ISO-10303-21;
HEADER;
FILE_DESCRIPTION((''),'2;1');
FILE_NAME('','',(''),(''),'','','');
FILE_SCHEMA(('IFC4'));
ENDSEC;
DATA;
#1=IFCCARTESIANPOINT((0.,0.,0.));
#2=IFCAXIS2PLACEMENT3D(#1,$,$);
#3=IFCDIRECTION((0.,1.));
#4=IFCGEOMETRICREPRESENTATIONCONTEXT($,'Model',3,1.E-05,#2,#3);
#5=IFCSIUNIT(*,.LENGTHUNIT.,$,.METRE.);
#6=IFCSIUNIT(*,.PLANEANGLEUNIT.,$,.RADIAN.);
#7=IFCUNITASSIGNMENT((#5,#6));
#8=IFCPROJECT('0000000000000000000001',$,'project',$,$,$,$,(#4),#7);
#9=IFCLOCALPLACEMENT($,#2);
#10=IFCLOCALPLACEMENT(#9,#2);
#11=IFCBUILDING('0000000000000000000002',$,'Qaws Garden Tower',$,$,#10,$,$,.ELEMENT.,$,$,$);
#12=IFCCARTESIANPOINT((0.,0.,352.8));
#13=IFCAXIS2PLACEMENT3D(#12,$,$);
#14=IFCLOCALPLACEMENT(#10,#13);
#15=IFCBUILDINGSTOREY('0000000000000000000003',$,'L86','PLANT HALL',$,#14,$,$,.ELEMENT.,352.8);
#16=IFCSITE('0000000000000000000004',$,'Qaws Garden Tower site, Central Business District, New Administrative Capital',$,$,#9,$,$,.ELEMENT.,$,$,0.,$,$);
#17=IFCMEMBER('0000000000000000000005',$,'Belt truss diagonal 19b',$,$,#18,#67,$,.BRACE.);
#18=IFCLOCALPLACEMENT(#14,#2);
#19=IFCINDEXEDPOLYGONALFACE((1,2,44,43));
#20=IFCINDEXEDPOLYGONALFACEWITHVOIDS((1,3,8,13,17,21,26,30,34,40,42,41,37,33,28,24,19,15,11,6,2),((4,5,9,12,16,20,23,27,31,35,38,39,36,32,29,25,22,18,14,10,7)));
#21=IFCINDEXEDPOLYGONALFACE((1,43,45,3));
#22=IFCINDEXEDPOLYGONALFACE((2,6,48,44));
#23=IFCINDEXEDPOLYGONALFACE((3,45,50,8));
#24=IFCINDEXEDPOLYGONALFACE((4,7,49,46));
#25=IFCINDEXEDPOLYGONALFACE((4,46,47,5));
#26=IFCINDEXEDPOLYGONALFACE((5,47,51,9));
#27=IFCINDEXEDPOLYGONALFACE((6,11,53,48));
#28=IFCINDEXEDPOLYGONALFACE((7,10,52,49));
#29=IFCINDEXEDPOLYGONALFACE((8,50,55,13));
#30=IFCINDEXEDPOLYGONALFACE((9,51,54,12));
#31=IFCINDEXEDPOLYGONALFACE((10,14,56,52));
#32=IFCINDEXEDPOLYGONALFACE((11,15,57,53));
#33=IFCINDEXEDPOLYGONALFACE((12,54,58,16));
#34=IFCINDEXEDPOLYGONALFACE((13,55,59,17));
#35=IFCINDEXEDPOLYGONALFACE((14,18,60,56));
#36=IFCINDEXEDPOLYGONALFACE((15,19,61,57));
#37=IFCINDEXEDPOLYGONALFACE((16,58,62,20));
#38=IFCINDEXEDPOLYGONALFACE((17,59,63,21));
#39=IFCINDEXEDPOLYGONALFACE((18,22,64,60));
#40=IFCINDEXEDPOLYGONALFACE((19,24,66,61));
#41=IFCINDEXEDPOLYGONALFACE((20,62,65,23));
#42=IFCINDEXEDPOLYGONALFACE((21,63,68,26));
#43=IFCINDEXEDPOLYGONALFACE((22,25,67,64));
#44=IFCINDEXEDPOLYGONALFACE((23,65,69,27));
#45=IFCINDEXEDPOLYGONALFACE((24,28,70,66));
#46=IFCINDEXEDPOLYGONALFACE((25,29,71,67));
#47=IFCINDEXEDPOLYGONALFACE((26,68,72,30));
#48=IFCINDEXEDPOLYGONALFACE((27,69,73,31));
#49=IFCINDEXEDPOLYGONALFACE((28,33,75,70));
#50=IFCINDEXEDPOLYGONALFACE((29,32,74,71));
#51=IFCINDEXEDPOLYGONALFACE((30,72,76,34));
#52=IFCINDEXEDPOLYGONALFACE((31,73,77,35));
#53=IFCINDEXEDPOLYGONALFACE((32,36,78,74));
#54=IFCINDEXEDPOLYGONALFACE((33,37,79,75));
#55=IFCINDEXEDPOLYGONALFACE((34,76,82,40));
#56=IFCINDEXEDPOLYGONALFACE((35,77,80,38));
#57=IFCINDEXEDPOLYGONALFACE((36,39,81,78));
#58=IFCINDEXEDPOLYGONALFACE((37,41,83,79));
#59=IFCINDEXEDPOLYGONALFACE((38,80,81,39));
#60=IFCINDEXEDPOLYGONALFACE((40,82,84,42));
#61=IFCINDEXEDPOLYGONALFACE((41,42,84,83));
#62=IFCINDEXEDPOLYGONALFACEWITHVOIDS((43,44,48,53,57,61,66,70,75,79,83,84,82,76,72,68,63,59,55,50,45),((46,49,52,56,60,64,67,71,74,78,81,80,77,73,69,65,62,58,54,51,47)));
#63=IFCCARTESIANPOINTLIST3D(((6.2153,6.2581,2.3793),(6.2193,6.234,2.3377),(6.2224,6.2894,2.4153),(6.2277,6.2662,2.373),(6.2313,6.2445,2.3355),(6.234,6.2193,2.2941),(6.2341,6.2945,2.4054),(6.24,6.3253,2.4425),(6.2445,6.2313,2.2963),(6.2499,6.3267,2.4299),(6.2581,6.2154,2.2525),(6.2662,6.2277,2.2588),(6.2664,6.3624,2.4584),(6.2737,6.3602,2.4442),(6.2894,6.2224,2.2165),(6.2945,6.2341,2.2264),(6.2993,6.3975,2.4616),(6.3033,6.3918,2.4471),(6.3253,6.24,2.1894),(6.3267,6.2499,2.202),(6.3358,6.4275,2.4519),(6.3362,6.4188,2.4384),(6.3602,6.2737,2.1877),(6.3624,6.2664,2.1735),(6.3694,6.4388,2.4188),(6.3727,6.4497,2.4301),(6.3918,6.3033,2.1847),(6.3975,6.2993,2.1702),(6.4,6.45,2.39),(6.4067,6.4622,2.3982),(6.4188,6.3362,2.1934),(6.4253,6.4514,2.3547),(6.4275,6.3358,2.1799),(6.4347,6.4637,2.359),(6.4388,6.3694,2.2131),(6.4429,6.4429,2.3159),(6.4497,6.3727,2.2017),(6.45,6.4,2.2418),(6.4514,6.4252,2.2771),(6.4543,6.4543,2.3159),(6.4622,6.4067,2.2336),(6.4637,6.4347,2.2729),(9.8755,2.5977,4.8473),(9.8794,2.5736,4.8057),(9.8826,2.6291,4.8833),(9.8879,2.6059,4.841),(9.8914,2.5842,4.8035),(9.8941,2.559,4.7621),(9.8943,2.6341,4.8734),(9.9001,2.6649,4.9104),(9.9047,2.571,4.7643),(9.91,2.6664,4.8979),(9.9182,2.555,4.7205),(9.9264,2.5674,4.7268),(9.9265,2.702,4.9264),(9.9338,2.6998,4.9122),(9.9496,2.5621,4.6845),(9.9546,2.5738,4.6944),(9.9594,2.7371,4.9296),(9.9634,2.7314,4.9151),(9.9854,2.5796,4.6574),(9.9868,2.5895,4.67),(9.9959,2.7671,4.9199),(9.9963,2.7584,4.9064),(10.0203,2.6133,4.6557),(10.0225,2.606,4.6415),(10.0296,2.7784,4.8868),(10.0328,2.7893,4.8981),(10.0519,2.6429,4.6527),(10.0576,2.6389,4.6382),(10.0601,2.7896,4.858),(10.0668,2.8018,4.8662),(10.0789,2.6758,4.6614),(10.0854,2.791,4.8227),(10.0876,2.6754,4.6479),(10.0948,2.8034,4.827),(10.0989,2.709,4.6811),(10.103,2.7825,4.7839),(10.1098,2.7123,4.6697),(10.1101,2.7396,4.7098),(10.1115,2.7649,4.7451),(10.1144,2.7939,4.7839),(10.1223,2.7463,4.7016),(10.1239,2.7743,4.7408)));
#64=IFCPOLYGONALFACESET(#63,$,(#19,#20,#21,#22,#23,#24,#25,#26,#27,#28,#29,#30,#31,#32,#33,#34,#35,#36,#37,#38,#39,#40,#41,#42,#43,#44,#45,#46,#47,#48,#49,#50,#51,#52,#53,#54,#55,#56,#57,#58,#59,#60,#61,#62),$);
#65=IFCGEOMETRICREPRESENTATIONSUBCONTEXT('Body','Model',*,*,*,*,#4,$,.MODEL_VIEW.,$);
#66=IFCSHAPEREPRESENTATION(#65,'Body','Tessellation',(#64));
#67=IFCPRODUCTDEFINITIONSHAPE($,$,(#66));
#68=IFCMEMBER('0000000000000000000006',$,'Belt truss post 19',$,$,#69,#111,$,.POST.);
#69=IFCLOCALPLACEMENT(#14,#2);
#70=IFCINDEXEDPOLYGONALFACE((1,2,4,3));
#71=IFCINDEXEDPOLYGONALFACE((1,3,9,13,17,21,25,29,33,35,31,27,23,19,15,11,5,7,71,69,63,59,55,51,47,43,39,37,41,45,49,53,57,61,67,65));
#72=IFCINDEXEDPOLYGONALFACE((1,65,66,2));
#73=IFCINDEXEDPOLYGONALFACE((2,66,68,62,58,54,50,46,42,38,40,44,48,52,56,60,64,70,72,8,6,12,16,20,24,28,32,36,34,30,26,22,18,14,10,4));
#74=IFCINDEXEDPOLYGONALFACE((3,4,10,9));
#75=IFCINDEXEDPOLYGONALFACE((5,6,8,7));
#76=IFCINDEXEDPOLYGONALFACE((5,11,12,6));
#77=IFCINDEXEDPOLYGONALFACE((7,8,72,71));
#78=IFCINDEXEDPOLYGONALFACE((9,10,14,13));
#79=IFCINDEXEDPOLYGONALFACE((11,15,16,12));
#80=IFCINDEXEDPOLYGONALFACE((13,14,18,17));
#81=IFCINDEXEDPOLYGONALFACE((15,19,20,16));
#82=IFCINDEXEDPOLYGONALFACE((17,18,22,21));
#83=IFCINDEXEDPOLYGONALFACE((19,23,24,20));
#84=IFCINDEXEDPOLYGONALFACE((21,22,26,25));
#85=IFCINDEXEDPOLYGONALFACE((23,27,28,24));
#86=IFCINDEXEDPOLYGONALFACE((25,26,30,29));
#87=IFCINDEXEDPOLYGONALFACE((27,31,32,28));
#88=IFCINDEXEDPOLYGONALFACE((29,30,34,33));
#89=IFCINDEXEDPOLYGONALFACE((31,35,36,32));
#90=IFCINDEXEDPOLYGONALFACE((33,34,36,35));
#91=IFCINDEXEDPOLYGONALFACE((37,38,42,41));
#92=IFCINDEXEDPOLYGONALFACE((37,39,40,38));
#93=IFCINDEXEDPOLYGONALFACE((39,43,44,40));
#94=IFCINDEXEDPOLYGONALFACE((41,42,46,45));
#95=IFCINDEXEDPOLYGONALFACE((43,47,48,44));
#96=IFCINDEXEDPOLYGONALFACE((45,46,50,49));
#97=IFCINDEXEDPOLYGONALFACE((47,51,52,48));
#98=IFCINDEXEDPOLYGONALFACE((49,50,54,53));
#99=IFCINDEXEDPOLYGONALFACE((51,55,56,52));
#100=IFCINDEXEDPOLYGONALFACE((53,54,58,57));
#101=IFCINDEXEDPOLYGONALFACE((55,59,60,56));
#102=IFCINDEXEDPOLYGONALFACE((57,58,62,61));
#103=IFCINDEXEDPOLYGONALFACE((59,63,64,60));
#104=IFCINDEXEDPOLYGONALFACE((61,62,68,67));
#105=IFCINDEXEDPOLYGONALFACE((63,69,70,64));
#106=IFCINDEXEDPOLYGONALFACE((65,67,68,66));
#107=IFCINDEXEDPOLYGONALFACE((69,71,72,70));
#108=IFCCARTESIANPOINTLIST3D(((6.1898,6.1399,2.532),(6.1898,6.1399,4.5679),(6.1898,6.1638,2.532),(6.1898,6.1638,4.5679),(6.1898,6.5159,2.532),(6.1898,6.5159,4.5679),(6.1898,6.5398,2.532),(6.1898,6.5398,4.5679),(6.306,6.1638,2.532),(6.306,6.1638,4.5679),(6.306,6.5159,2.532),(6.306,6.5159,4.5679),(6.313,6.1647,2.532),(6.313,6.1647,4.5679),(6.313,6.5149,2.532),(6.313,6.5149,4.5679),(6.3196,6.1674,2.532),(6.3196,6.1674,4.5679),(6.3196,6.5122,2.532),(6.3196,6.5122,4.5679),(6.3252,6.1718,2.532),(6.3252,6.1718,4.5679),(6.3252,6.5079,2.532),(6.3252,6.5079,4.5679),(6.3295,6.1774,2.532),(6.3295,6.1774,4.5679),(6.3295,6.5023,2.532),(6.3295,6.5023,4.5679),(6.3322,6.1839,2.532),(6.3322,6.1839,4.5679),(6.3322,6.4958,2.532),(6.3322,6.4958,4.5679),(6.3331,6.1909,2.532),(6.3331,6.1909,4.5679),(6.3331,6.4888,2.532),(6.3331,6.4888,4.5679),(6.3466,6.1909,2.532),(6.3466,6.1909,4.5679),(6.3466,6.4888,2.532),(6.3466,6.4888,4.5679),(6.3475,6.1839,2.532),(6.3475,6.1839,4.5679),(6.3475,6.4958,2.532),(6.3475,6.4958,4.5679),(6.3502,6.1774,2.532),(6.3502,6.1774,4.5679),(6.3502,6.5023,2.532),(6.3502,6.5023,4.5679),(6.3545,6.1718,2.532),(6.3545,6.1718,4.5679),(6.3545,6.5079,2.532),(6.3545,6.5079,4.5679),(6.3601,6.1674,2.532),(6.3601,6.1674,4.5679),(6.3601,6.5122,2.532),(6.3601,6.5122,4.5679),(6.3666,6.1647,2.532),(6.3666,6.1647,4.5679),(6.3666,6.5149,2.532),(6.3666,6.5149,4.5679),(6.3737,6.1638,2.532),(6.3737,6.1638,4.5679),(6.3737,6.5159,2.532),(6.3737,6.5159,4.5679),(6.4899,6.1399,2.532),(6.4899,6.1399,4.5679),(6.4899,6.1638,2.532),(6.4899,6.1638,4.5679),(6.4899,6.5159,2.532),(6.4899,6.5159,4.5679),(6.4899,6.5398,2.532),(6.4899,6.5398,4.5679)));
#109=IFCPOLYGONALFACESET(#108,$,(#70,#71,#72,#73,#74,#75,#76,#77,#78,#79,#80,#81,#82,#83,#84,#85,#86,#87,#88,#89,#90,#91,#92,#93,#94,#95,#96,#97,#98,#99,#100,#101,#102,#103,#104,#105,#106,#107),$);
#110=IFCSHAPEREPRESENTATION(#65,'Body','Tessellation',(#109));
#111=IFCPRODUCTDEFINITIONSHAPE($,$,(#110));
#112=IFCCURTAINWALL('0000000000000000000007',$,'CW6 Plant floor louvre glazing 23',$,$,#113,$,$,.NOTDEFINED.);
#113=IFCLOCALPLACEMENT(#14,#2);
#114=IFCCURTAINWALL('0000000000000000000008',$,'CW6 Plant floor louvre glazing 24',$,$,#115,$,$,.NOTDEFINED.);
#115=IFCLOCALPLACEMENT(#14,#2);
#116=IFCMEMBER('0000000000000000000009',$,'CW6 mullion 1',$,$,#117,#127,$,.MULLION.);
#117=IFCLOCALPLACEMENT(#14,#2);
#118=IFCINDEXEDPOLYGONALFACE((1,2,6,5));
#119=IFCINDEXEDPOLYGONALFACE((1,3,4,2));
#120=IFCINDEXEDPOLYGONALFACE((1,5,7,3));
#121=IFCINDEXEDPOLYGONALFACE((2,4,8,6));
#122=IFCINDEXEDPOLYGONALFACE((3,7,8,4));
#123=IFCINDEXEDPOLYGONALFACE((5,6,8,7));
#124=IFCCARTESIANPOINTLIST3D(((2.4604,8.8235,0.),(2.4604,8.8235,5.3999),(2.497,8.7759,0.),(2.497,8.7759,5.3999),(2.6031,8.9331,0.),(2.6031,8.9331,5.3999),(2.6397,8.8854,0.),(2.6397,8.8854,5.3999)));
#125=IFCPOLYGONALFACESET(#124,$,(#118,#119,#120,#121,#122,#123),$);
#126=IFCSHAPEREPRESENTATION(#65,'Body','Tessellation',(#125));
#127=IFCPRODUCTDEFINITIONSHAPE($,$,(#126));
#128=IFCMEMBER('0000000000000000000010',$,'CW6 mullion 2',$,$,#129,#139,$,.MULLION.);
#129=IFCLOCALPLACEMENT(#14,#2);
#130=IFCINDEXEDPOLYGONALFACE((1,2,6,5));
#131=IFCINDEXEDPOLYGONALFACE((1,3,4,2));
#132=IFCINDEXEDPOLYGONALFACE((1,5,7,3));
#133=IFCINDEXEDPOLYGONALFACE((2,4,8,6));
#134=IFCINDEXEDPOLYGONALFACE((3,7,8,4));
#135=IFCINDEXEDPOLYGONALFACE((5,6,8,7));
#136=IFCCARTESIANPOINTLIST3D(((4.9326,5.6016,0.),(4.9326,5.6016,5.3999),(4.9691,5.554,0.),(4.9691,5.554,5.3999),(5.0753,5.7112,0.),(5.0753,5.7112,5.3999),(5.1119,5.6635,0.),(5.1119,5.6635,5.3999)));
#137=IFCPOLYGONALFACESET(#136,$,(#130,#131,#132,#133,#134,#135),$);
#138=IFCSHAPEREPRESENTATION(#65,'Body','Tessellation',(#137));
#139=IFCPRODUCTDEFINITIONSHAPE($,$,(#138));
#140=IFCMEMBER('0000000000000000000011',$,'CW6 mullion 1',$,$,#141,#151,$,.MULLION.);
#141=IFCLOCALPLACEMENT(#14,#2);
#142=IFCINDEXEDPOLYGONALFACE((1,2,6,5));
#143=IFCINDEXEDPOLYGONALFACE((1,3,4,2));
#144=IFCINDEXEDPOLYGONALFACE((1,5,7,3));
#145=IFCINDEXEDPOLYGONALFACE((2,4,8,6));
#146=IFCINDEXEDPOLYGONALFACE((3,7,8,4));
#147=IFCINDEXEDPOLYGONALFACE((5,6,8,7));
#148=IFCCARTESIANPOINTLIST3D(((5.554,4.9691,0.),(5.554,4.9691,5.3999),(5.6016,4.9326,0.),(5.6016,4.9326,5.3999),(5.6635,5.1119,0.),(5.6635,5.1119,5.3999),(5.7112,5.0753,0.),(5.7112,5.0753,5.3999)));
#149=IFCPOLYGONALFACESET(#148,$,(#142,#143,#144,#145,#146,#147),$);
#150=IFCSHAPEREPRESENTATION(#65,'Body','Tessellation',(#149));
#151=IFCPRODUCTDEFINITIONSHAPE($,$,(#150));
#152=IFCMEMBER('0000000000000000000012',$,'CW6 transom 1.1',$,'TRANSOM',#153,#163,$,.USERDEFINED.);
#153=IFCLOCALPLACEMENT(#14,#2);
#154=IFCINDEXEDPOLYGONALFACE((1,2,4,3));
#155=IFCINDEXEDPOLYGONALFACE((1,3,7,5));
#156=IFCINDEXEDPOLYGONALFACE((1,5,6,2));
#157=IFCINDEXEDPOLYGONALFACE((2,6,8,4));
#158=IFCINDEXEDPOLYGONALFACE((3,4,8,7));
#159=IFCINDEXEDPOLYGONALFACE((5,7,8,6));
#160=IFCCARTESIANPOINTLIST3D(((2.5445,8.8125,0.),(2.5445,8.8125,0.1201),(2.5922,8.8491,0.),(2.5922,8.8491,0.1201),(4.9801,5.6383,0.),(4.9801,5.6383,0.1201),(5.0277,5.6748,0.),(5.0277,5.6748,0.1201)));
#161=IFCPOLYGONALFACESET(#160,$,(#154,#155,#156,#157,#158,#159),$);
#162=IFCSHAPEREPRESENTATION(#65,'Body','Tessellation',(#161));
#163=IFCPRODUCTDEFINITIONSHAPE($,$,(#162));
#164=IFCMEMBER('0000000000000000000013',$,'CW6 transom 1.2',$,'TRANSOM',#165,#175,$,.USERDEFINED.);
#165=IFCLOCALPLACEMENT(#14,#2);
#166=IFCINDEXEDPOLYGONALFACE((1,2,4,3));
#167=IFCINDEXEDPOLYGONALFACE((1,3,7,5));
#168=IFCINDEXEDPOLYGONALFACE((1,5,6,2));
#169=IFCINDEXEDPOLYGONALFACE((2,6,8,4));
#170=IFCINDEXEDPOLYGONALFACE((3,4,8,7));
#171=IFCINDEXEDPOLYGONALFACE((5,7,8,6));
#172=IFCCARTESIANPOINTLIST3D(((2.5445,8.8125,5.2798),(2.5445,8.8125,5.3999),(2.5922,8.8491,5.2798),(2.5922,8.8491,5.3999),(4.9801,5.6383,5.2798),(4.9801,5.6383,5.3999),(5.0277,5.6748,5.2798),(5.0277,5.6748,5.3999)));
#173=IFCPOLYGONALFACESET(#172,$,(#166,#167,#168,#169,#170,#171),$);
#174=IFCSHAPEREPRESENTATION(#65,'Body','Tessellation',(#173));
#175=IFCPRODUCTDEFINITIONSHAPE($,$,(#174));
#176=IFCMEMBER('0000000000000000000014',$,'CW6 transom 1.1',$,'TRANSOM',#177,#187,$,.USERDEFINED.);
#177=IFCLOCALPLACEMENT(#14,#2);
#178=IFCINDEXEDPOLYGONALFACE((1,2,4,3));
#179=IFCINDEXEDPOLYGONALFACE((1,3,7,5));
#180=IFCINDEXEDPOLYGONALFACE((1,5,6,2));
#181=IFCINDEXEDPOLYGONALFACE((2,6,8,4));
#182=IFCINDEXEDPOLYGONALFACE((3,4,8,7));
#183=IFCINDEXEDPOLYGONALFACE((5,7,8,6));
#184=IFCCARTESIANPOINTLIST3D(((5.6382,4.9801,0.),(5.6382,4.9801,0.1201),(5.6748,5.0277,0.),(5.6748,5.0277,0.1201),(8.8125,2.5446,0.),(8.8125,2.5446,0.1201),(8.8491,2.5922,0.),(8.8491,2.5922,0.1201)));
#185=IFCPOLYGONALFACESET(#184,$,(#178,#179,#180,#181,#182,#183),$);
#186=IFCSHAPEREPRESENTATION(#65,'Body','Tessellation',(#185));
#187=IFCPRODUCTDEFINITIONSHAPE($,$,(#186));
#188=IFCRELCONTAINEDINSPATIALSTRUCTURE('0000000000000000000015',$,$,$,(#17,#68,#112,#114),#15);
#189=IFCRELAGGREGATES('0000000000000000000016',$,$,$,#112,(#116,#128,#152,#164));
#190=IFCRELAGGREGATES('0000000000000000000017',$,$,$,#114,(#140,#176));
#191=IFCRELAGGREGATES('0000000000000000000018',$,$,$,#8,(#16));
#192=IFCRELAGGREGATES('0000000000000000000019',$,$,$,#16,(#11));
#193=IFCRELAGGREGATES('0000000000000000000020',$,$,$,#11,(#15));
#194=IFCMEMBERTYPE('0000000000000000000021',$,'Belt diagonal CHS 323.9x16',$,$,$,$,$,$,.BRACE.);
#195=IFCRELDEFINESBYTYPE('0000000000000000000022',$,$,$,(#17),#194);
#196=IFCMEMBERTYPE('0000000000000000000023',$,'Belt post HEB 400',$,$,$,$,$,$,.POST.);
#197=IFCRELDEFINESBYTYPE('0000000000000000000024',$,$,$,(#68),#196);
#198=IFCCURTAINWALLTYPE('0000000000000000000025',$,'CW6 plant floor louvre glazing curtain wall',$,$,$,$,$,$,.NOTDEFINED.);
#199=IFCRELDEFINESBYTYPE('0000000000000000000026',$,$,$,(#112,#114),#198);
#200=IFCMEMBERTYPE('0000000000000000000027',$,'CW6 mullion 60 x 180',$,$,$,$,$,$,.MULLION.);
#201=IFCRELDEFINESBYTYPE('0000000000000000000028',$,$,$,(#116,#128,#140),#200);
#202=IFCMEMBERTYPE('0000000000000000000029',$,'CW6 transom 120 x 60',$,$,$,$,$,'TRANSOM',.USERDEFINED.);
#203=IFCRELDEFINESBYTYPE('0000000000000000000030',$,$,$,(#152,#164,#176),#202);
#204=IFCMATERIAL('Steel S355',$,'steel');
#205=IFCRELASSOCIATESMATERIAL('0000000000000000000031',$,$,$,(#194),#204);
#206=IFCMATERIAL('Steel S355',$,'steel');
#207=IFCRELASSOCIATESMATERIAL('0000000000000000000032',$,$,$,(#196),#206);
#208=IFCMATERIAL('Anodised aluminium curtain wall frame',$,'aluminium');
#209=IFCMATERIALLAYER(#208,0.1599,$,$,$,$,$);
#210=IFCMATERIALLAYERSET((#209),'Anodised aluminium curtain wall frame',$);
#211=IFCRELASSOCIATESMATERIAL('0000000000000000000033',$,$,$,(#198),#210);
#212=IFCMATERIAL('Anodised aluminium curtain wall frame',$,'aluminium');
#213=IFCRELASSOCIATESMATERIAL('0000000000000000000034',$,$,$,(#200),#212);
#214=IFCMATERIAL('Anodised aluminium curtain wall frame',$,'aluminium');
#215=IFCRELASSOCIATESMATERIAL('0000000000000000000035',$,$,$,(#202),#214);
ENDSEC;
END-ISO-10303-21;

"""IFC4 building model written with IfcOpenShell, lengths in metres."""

from ifc_helpers import new_model, si_unit, direction, frame, origin, origin_2d, place, context, subcontext, project, spatial, rectangle, hollow_circle, i_section, extrude, material, layer, layer_set, material_profile, profile_set, type_object, element, aggregate, save


model = new_model("IFC4")

# Units and contexts
model_context = context("Model", 3, precision=1e-05, world=origin(), true_north=direction((0.0, 1.0)))
body_context = subcontext(model_context, "Body", "Model", "MODEL_VIEW")
ifc_project = project(units=[si_unit("LENGTHUNIT", "METRE"), si_unit("PLANEANGLEUNIT", "RADIAN")], contexts=[model_context])

# Site, building, storey
site_placement = place(None, origin())
site = spatial("IfcSite", under=ifc_project, at=site_placement, Name="Qaws Garden Tower site, Central Business District, New Administrative Capital", CompositionType="ELEMENT", RefElevation=0.0)
building_placement = place(site_placement, origin())
building = spatial("IfcBuilding", under=site, at=building_placement, Name="Qaws Garden Tower", CompositionType="ELEMENT")
storey_placement = place(building_placement, frame((0.0, 0.0, 352.8)))
storey = spatial("IfcBuildingStorey", under=building, at=storey_placement, Name="L86", Description="PLANT HALL", CompositionType="ELEMENT", Elevation=352.8)

# Members
ifc_material_1 = material(Name="Steel S355", Category="steel")
ifc_material_profile_1 = material_profile(ifc_material_1, hollow_circle(Radius=0.1619, WallThickness=0.0161, at=origin_2d()), Name="CHS 323.9x16")
ifc_profile_set_1 = profile_set([ifc_material_profile_1], Name="Steel S355")
member_type_1 = type_object("IfcMemberType", Name="Belt diagonal CHS 323.9x16", PredefinedType="BRACE", material=ifc_profile_set_1)
member_1_placement = place(storey_placement, frame((6.3398, 6.3398, 2.3159), z_axis=(0.638251, -0.638294, 0.430368), x_axis=(0.70713, 0.707083, 0.0)))
element("IfcMember", 1, at=member_1_placement, inside=storey, type_object=member_type_1, Name="Belt truss diagonal 19b", PredefinedType="BRACE", context=body_context, shape_type="SweptSolid", body=[
    extrude(hollow_circle(Radius=0.1619, WallThickness=0.0161, at=origin_2d()), origin(), (0.0, 0.0, 1.0), 5.7346),
])
ifc_material_2 = material(Name="Steel S355", Category="steel")
ifc_material_profile_2 = material_profile(ifc_material_2, i_section(OverallWidth=0.3, OverallDepth=0.3999, WebThickness=0.0134, FlangeThickness=0.0239, FilletRadius=0.0271, at=origin_2d()), Name="HEB 400")
ifc_profile_set_2 = profile_set([ifc_material_profile_2], Name="Steel S355")
member_type_2 = type_object("IfcMemberType", Name="Belt post HEB 400", PredefinedType="POST", material=ifc_profile_set_2)
member_2_placement = place(storey_placement, frame((6.3398, 6.3398, 2.532), z_axis=(0.0, 0.0, 1.0), x_axis=(1.0, 0.0, 0.0)))
element("IfcMember", 2, at=member_2_placement, inside=storey, type_object=member_type_2, Name="Belt truss post 19", PredefinedType="POST", context=body_context, shape_type="SweptSolid", body=[
    extrude(i_section(OverallWidth=0.3, OverallDepth=0.3999, WebThickness=0.0134, FlangeThickness=0.0239, FilletRadius=0.0271, at=origin_2d()), origin(), (0.0, 0.0, 1.0), 2.0359),
])

# Curtain walls
ifc_material_3 = material(Name="Anodised aluminium curtain wall frame", Category="aluminium")
ifc_layer_1 = layer(ifc_material_3, 0.1599)
ifc_layer_set_1 = layer_set([ifc_layer_1], Name="Anodised aluminium curtain wall frame")
curtain_wall_type = type_object("IfcCurtainWallType", Name="CW6 plant floor louvre glazing curtain wall", PredefinedType="NOTDEFINED", material=ifc_layer_set_1)
placement_1 = place(storey_placement, origin())
curtain_wall_1 = element("IfcCurtainWall", 3, at=placement_1, inside=storey, type_object=curtain_wall_type, Name="CW6 Plant floor louvre glazing 23", PredefinedType="NOTDEFINED")
curtain_wall_2 = element("IfcCurtainWall", 4, at=placement_1, inside=storey, type_object=curtain_wall_type, Name="CW6 Plant floor louvre glazing 24", PredefinedType="NOTDEFINED")

# Members
ifc_material_4 = material(Name="Anodised aluminium curtain wall frame", Category="aluminium")
ifc_material_profile_3 = material_profile(ifc_material_4, rectangle(XDim=0.1799, YDim=0.0601, at=origin_2d()), Name="AL 60x180")
ifc_profile_set_3 = profile_set([ifc_material_profile_3], Name="Anodised aluminium curtain wall frame")
member_type_3 = type_object("IfcMemberType", Name="CW6 mullion 60 x 180", PredefinedType="MULLION", material=ifc_profile_set_3)
member_3_placement = place(storey_placement, frame((2.55, 8.8545, 0.0), z_axis=(0.0, 0.0, 1.0), x_axis=(0.793353, 0.608761, 0.0)))
member_3 = element("IfcMember", 5, at=member_3_placement, type_object=member_type_3, Name="CW6 mullion 1", PredefinedType="MULLION", context=body_context, shape_type="SweptSolid", body=[
    extrude(rectangle(XDim=0.1799, YDim=0.0601, at=origin_2d()), origin(), (0.0, 0.0, 1.0), 5.3999),
])
member_4_placement = place(storey_placement, frame((5.0222, 5.6326, 0.0), z_axis=(0.0, 0.0, 1.0), x_axis=(0.793353, 0.608761, 0.0)))
member_4 = element("IfcMember", 6, at=member_4_placement, type_object=member_type_3, Name="CW6 mullion 2", PredefinedType="MULLION", context=body_context, shape_type="SweptSolid", body=[
    extrude(rectangle(XDim=0.1799, YDim=0.0601, at=origin_2d()), origin(), (0.0, 0.0, 1.0), 5.3999),
])
member_5_placement = place(storey_placement, frame((5.6326, 5.0222, 0.0), z_axis=(0.0, 0.0, 1.0), x_axis=(0.608761, 0.793353, 0.0)))
member_5 = element("IfcMember", 7, at=member_5_placement, type_object=member_type_3, Name="CW6 mullion 1", PredefinedType="MULLION", context=body_context, shape_type="SweptSolid", body=[
    extrude(rectangle(XDim=0.1799, YDim=0.0601, at=origin_2d()), origin(), (0.0, 0.0, 1.0), 5.3999),
])
ifc_material_5 = material(Name="Anodised aluminium curtain wall frame", Category="aluminium")
ifc_material_profile_4 = material_profile(ifc_material_5, rectangle(XDim=0.0601, YDim=0.1201, at=origin_2d()), Name="AL 60x120")
ifc_profile_set_4 = profile_set([ifc_material_profile_4], Name="Anodised aluminium curtain wall frame")
member_type_4 = type_object("IfcMemberType", Name="CW6 transom 120 x 60", ElementType="TRANSOM", PredefinedType="USERDEFINED", material=ifc_profile_set_4)
member_6_placement = place(storey_placement, frame((2.5684, 8.8308, 0.0601), z_axis=(0.608731, -0.793376, 0.0), x_axis=(0.793376, 0.608731, 0.0)))
member_6 = element("IfcMember", 8, at=member_6_placement, type_object=member_type_4, Name="CW6 transom 1.1", ObjectType="TRANSOM", PredefinedType="USERDEFINED", context=body_context, shape_type="SweptSolid", body=[
    extrude(rectangle(XDim=0.0601, YDim=0.1201, at=origin_2d()), origin(), (0.0, 0.0, 1.0), 4.001),
])
member_7_placement = place(storey_placement, frame((2.5684, 8.8308, 5.3398), z_axis=(0.608731, -0.793376, 0.0), x_axis=(0.793376, 0.608731, 0.0)))
member_7 = element("IfcMember", 9, at=member_7_placement, type_object=member_type_4, Name="CW6 transom 1.2", ObjectType="TRANSOM", PredefinedType="USERDEFINED", context=body_context, shape_type="SweptSolid", body=[
    extrude(rectangle(XDim=0.0601, YDim=0.1201, at=origin_2d()), origin(), (0.0, 0.0, 1.0), 4.001),
])
member_8_placement = place(storey_placement, frame((5.6565, 5.0039, 0.0601), z_axis=(0.793376, -0.608731, 0.0), x_axis=(0.608731, 0.793376, 0.0)))
member_8 = element("IfcMember", 10, at=member_8_placement, type_object=member_type_4, Name="CW6 transom 1.1", ObjectType="TRANSOM", PredefinedType="USERDEFINED", context=body_context, shape_type="SweptSolid", body=[
    extrude(rectangle(XDim=0.0601, YDim=0.1201, at=origin_2d()), origin(), (0.0, 0.0, 1.0), 4.001),
])

aggregate(curtain_wall_1, [member_3, member_4, member_6, member_7])

aggregate(curtain_wall_2, [member_5, member_8])

save(model, "model.ifc")
